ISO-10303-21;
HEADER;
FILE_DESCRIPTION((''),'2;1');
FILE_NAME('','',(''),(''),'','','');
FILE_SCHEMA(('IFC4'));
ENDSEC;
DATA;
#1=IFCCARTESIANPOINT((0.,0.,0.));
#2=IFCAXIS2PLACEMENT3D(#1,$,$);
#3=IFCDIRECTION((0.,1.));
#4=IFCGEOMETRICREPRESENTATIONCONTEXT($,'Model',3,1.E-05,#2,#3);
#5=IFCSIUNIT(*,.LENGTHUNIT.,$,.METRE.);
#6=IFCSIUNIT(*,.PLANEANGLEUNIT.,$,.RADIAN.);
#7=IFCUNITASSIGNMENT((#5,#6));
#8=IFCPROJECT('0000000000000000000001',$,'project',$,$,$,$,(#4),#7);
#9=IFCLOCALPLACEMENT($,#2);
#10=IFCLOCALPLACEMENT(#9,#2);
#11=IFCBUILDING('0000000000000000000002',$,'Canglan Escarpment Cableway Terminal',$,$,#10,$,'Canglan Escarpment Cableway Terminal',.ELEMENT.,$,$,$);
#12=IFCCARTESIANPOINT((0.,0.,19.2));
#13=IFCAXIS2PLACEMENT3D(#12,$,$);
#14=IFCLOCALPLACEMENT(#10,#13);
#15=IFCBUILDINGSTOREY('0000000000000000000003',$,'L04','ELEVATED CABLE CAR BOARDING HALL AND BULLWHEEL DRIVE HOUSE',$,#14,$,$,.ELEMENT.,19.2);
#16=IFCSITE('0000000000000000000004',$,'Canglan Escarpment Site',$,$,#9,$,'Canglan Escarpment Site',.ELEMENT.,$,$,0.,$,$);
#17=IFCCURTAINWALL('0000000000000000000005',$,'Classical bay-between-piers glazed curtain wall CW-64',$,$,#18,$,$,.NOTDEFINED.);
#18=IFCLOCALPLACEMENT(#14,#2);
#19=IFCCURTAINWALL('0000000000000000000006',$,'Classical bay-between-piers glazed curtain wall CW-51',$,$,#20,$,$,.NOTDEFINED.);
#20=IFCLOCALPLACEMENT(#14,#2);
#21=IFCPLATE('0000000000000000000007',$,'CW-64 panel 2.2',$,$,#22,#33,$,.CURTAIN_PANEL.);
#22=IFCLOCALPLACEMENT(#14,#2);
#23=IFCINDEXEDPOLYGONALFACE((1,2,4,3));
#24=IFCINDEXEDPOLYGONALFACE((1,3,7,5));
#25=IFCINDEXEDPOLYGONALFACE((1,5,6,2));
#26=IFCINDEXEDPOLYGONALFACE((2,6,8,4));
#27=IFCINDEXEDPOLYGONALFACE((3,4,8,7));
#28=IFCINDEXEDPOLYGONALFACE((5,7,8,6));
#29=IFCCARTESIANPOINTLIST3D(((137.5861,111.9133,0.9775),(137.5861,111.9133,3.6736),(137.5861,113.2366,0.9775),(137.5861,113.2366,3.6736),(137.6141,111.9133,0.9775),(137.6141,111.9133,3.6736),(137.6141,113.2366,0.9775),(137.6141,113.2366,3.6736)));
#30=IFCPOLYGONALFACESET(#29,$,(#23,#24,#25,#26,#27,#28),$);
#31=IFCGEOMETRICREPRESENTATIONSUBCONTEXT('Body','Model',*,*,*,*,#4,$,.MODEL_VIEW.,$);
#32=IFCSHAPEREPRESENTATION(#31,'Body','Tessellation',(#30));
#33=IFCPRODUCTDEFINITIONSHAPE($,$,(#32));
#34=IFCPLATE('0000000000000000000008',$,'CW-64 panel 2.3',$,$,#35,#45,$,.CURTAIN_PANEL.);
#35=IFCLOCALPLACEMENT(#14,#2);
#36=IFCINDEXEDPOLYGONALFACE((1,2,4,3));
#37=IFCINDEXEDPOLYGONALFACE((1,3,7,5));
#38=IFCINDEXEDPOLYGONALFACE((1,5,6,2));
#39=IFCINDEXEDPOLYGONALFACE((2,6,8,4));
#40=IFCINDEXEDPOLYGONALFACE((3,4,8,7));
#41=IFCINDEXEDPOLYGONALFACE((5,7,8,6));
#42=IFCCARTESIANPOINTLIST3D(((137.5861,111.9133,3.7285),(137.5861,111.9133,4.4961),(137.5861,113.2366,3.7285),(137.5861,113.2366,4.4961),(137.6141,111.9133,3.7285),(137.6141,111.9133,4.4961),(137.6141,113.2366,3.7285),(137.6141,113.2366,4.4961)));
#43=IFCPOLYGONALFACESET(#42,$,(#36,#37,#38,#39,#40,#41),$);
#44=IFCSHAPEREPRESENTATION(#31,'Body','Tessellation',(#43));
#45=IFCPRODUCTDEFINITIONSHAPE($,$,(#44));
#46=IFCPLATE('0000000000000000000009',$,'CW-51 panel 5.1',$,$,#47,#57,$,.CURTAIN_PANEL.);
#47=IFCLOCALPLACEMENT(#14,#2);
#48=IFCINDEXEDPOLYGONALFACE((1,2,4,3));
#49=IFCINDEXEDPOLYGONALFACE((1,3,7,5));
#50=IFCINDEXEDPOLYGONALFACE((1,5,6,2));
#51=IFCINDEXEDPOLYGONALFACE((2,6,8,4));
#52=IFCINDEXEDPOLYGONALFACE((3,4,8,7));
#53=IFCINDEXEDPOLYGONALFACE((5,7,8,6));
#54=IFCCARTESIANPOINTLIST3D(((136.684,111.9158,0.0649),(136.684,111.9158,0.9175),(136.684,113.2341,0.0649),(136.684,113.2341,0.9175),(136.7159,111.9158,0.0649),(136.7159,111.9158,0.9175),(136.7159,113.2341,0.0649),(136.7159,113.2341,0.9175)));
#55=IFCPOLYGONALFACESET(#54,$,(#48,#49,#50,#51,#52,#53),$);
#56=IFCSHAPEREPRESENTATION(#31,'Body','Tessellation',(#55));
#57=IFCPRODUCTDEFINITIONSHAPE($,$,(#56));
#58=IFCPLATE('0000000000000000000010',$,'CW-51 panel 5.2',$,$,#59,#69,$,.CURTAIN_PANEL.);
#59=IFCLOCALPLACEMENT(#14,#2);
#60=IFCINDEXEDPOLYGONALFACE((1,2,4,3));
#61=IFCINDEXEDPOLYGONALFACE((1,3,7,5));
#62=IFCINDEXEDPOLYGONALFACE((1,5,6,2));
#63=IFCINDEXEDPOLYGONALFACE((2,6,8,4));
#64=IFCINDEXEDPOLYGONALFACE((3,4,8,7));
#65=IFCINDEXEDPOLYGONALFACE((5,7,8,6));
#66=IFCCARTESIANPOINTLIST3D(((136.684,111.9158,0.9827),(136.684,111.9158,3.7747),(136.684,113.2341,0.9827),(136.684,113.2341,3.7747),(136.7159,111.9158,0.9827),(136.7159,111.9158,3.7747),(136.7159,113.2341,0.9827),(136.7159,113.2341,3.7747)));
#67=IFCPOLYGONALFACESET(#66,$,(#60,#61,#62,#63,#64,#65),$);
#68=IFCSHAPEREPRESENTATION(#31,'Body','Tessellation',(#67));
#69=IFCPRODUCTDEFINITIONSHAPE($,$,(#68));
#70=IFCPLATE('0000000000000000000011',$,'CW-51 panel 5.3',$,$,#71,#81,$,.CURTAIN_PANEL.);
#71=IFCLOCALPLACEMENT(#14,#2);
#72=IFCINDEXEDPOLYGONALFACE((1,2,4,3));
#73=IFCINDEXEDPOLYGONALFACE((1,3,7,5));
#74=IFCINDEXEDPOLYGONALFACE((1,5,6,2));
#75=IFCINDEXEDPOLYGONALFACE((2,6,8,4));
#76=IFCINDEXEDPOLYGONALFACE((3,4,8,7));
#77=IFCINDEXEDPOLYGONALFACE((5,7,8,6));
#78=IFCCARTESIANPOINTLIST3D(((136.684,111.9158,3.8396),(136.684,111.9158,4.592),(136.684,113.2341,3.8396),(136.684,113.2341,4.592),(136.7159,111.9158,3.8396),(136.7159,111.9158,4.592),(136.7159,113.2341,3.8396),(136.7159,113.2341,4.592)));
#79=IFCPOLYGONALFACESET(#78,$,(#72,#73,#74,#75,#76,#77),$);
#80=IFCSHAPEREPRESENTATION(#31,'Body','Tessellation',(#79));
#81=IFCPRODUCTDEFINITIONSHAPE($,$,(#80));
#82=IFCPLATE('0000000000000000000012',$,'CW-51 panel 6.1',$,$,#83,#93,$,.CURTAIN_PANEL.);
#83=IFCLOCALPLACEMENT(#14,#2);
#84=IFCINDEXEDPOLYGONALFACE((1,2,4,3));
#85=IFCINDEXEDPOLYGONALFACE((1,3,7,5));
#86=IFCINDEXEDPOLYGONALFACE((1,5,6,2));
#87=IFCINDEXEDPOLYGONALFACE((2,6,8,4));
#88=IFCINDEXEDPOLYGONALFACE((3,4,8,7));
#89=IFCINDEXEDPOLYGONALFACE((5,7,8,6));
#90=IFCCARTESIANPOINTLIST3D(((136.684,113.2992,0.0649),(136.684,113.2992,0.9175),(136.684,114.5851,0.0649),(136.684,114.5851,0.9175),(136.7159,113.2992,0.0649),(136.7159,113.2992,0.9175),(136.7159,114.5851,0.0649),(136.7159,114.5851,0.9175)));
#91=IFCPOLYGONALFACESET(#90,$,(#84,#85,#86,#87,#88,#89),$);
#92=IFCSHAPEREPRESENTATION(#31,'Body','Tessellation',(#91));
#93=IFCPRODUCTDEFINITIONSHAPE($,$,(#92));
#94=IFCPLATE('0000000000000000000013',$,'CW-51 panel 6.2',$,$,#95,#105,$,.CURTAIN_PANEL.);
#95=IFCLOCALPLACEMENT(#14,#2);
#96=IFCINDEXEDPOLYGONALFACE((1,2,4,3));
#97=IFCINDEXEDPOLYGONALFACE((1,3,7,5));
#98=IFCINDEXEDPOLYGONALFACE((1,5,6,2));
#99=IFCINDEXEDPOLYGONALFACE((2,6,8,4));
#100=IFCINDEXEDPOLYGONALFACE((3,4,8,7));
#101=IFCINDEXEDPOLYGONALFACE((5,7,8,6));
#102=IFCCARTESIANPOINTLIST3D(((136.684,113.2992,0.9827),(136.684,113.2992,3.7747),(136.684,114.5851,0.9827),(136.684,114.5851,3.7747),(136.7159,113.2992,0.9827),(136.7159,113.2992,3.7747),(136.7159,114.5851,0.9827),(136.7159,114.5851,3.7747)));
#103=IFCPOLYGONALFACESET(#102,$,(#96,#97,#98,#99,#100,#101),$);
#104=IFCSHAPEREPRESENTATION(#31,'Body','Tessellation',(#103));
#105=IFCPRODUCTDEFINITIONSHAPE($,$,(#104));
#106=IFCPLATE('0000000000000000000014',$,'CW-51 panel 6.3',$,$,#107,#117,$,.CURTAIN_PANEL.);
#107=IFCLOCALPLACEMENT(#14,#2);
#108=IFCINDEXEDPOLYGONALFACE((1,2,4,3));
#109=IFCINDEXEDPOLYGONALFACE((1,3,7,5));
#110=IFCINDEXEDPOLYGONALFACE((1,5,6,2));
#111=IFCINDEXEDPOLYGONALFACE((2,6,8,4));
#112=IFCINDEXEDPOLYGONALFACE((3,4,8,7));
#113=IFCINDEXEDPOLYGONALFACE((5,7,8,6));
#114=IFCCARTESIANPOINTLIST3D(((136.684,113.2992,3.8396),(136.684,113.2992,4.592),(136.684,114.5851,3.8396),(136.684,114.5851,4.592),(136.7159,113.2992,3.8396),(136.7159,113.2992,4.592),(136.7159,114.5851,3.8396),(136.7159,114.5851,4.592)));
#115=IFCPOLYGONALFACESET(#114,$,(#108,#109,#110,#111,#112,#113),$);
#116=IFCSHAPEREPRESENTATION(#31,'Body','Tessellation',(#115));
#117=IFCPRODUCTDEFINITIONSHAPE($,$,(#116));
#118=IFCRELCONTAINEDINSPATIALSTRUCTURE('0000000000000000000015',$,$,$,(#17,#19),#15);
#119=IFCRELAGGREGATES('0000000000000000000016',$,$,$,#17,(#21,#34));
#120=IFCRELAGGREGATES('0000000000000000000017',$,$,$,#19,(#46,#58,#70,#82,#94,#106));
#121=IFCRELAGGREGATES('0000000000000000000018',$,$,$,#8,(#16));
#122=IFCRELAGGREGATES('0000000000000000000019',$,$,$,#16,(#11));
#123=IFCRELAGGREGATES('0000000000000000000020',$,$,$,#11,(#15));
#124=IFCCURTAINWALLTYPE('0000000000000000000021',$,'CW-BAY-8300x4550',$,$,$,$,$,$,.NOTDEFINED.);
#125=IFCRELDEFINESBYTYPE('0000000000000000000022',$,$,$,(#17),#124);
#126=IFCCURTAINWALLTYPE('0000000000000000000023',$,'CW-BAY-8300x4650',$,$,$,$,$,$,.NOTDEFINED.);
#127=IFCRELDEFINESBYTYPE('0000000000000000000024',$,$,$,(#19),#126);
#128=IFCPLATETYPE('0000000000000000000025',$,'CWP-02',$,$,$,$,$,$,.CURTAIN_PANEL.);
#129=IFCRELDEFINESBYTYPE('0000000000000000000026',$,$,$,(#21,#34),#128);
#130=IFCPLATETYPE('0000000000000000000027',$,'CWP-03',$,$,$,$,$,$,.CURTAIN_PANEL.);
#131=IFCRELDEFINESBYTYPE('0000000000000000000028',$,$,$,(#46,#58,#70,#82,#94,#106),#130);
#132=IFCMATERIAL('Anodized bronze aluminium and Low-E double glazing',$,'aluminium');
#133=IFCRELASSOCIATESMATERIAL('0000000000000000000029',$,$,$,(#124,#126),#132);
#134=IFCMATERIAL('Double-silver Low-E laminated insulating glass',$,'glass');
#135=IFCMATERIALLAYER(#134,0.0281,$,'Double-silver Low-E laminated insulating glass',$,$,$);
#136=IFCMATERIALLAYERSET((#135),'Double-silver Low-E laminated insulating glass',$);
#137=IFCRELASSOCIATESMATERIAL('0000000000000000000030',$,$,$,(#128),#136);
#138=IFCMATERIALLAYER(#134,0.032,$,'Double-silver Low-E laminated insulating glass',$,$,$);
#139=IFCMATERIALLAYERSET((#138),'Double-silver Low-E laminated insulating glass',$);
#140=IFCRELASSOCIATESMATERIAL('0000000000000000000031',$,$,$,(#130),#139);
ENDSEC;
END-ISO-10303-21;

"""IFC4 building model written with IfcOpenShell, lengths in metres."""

from ifc_helpers import new_model, si_unit, direction, frame, origin, origin_2d, place, context, subcontext, project, spatial, rectangle, extrude, material, layer, layer_set, type_object, element, aggregate, save


model = new_model("IFC4")

# Units and contexts
model_context = context("Model", 3, precision=1e-05, world=origin(), true_north=direction((0.0, 1.0)))
body_context = subcontext(model_context, "Body", "Model", "MODEL_VIEW")
ifc_project = project(units=[si_unit("LENGTHUNIT", "METRE"), si_unit("PLANEANGLEUNIT", "RADIAN")], contexts=[model_context])

# Site, building, storey
site_placement = place(None, origin())
site = spatial("IfcSite", under=ifc_project, at=site_placement, Name="Canglan Escarpment Site", LongName="Canglan Escarpment Site", CompositionType="ELEMENT", RefElevation=0.0)
building_placement = place(site_placement, origin())
building = spatial("IfcBuilding", under=site, at=building_placement, Name="Canglan Escarpment Cableway Terminal", LongName="Canglan Escarpment Cableway Terminal", CompositionType="ELEMENT")
storey_placement = place(building_placement, frame((0.0, 0.0, 19.2)))
storey = spatial("IfcBuildingStorey", under=building, at=storey_placement, Name="L04", Description="ELEVATED CABLE CAR BOARDING HALL AND BULLWHEEL DRIVE HOUSE", CompositionType="ELEMENT", Elevation=19.2)

# Curtain wall
ifc_material_1 = material(Name="Anodized bronze aluminium and Low-E double glazing", Category="aluminium")
curtain_wall_type_1 = type_object("IfcCurtainWallType", Name="CW-BAY-8300x4550", PredefinedType="NOTDEFINED", material=ifc_material_1)
curtain_wall_1_placement = place(storey_placement, origin())
curtain_wall_1 = element("IfcCurtainWall", 1, at=curtain_wall_1_placement, inside=storey, type_object=curtain_wall_type_1, Name="Classical bay-between-piers glazed curtain wall CW-64", PredefinedType="NOTDEFINED")

# Curtain wall
curtain_wall_type_2 = type_object("IfcCurtainWallType", Name="CW-BAY-8300x4650", PredefinedType="NOTDEFINED", material=ifc_material_1)
curtain_wall_2_placement = place(storey_placement, origin())
curtain_wall_2 = element("IfcCurtainWall", 2, at=curtain_wall_2_placement, inside=storey, type_object=curtain_wall_type_2, Name="Classical bay-between-piers glazed curtain wall CW-51", PredefinedType="NOTDEFINED")

# Plates
ifc_material_2 = material(Name="Double-silver Low-E laminated insulating glass", Category="glass")
ifc_layer_1 = layer(ifc_material_2, 0.0281, Name="Double-silver Low-E laminated insulating glass")
ifc_layer_set_1 = layer_set([ifc_layer_1], Name="Double-silver Low-E laminated insulating glass")
plate_type_1 = type_object("IfcPlateType", Name="CWP-02", PredefinedType="CURTAIN_PANEL", material=ifc_layer_set_1)
plate_1_placement = place(storey_placement, frame((137.6001, 112.575, 0.9775), z_axis=(0.0, 0.0, 1.0), x_axis=(0.0, -1.0, 0.0)))
plate_1 = element("IfcPlate", 3, at=plate_1_placement, type_object=plate_type_1, Name="CW-64 panel 2.2", PredefinedType="CURTAIN_PANEL", context=body_context, shape_type="SweptSolid", body=[
    extrude(rectangle(XDim=1.3232, YDim=0.0281, at=origin_2d()), origin(), (0.0, 0.0, 1.0), 2.696),
])
plate_2_placement = place(storey_placement, frame((137.6001, 112.575, 3.7285), z_axis=(0.0, 0.0, 1.0), x_axis=(0.0, -1.0, 0.0)))
plate_2 = element("IfcPlate", 4, at=plate_2_placement, type_object=plate_type_1, Name="CW-64 panel 2.3", PredefinedType="CURTAIN_PANEL", context=body_context, shape_type="SweptSolid", body=[
    extrude(rectangle(XDim=1.3232, YDim=0.0281, at=origin_2d()), origin(), (0.0, 0.0, 1.0), 0.7676),
])
aggregate(curtain_wall_1, [plate_1, plate_2])
ifc_layer_2 = layer(ifc_material_2, 0.032, Name="Double-silver Low-E laminated insulating glass")
ifc_layer_set_2 = layer_set([ifc_layer_2], Name="Double-silver Low-E laminated insulating glass")
plate_type_2 = type_object("IfcPlateType", Name="CWP-03", PredefinedType="CURTAIN_PANEL", material=ifc_layer_set_2)
plate_3_placement = place(storey_placement, frame((136.7, 112.575, 0.0649), z_axis=(0.0, 0.0, 1.0), x_axis=(0.0, 1.0, 0.0)))
plate_3 = element("IfcPlate", 5, at=plate_3_placement, type_object=plate_type_2, Name="CW-51 panel 5.1", PredefinedType="CURTAIN_PANEL", context=body_context, shape_type="SweptSolid", body=[
    extrude(rectangle(XDim=1.3184, YDim=0.032, at=origin_2d()), origin(), (0.0, 0.0, 1.0), 0.8525),
])
plate_4_placement = place(storey_placement, frame((136.7, 112.575, 0.9827), z_axis=(0.0, 0.0, 1.0), x_axis=(0.0, 1.0, 0.0)))
plate_4 = element("IfcPlate", 6, at=plate_4_placement, type_object=plate_type_2, Name="CW-51 panel 5.2", PredefinedType="CURTAIN_PANEL", context=body_context, shape_type="SweptSolid", body=[
    extrude(rectangle(XDim=1.3184, YDim=0.032, at=origin_2d()), origin(), (0.0, 0.0, 1.0), 2.792),
])
plate_5_placement = place(storey_placement, frame((136.7, 112.575, 3.8396), z_axis=(0.0, 0.0, 1.0), x_axis=(0.0, 1.0, 0.0)))
plate_5 = element("IfcPlate", 7, at=plate_5_placement, type_object=plate_type_2, Name="CW-51 panel 5.3", PredefinedType="CURTAIN_PANEL", context=body_context, shape_type="SweptSolid", body=[
    extrude(rectangle(XDim=1.3184, YDim=0.032, at=origin_2d()), origin(), (0.0, 0.0, 1.0), 0.7524),
])
plate_6_placement = place(storey_placement, frame((136.7, 113.9421, 0.0649), z_axis=(0.0, 0.0, 1.0), x_axis=(0.0, 1.0, 0.0)))
plate_6 = element("IfcPlate", 8, at=plate_6_placement, type_object=plate_type_2, Name="CW-51 panel 6.1", PredefinedType="CURTAIN_PANEL", context=body_context, shape_type="SweptSolid", body=[
    extrude(rectangle(XDim=1.2859, YDim=0.032, at=origin_2d()), origin(), (0.0, 0.0, 1.0), 0.8525),
])
plate_7_placement = place(storey_placement, frame((136.7, 113.9421, 0.9827), z_axis=(0.0, 0.0, 1.0), x_axis=(0.0, 1.0, 0.0)))
plate_7 = element("IfcPlate", 9, at=plate_7_placement, type_object=plate_type_2, Name="CW-51 panel 6.2", PredefinedType="CURTAIN_PANEL", context=body_context, shape_type="SweptSolid", body=[
    extrude(rectangle(XDim=1.2859, YDim=0.032, at=origin_2d()), origin(), (0.0, 0.0, 1.0), 2.792),
])
plate_8_placement = place(storey_placement, frame((136.7, 113.9421, 3.8396), z_axis=(0.0, 0.0, 1.0), x_axis=(0.0, 1.0, 0.0)))
plate_8 = element("IfcPlate", 10, at=plate_8_placement, type_object=plate_type_2, Name="CW-51 panel 6.3", PredefinedType="CURTAIN_PANEL", context=body_context, shape_type="SweptSolid", body=[
    extrude(rectangle(XDim=1.2859, YDim=0.032, at=origin_2d()), origin(), (0.0, 0.0, 1.0), 0.7524),
])
aggregate(curtain_wall_2, [plate_3, plate_4, plate_5, plate_6, plate_7, plate_8])

save(model, "model.ifc")
